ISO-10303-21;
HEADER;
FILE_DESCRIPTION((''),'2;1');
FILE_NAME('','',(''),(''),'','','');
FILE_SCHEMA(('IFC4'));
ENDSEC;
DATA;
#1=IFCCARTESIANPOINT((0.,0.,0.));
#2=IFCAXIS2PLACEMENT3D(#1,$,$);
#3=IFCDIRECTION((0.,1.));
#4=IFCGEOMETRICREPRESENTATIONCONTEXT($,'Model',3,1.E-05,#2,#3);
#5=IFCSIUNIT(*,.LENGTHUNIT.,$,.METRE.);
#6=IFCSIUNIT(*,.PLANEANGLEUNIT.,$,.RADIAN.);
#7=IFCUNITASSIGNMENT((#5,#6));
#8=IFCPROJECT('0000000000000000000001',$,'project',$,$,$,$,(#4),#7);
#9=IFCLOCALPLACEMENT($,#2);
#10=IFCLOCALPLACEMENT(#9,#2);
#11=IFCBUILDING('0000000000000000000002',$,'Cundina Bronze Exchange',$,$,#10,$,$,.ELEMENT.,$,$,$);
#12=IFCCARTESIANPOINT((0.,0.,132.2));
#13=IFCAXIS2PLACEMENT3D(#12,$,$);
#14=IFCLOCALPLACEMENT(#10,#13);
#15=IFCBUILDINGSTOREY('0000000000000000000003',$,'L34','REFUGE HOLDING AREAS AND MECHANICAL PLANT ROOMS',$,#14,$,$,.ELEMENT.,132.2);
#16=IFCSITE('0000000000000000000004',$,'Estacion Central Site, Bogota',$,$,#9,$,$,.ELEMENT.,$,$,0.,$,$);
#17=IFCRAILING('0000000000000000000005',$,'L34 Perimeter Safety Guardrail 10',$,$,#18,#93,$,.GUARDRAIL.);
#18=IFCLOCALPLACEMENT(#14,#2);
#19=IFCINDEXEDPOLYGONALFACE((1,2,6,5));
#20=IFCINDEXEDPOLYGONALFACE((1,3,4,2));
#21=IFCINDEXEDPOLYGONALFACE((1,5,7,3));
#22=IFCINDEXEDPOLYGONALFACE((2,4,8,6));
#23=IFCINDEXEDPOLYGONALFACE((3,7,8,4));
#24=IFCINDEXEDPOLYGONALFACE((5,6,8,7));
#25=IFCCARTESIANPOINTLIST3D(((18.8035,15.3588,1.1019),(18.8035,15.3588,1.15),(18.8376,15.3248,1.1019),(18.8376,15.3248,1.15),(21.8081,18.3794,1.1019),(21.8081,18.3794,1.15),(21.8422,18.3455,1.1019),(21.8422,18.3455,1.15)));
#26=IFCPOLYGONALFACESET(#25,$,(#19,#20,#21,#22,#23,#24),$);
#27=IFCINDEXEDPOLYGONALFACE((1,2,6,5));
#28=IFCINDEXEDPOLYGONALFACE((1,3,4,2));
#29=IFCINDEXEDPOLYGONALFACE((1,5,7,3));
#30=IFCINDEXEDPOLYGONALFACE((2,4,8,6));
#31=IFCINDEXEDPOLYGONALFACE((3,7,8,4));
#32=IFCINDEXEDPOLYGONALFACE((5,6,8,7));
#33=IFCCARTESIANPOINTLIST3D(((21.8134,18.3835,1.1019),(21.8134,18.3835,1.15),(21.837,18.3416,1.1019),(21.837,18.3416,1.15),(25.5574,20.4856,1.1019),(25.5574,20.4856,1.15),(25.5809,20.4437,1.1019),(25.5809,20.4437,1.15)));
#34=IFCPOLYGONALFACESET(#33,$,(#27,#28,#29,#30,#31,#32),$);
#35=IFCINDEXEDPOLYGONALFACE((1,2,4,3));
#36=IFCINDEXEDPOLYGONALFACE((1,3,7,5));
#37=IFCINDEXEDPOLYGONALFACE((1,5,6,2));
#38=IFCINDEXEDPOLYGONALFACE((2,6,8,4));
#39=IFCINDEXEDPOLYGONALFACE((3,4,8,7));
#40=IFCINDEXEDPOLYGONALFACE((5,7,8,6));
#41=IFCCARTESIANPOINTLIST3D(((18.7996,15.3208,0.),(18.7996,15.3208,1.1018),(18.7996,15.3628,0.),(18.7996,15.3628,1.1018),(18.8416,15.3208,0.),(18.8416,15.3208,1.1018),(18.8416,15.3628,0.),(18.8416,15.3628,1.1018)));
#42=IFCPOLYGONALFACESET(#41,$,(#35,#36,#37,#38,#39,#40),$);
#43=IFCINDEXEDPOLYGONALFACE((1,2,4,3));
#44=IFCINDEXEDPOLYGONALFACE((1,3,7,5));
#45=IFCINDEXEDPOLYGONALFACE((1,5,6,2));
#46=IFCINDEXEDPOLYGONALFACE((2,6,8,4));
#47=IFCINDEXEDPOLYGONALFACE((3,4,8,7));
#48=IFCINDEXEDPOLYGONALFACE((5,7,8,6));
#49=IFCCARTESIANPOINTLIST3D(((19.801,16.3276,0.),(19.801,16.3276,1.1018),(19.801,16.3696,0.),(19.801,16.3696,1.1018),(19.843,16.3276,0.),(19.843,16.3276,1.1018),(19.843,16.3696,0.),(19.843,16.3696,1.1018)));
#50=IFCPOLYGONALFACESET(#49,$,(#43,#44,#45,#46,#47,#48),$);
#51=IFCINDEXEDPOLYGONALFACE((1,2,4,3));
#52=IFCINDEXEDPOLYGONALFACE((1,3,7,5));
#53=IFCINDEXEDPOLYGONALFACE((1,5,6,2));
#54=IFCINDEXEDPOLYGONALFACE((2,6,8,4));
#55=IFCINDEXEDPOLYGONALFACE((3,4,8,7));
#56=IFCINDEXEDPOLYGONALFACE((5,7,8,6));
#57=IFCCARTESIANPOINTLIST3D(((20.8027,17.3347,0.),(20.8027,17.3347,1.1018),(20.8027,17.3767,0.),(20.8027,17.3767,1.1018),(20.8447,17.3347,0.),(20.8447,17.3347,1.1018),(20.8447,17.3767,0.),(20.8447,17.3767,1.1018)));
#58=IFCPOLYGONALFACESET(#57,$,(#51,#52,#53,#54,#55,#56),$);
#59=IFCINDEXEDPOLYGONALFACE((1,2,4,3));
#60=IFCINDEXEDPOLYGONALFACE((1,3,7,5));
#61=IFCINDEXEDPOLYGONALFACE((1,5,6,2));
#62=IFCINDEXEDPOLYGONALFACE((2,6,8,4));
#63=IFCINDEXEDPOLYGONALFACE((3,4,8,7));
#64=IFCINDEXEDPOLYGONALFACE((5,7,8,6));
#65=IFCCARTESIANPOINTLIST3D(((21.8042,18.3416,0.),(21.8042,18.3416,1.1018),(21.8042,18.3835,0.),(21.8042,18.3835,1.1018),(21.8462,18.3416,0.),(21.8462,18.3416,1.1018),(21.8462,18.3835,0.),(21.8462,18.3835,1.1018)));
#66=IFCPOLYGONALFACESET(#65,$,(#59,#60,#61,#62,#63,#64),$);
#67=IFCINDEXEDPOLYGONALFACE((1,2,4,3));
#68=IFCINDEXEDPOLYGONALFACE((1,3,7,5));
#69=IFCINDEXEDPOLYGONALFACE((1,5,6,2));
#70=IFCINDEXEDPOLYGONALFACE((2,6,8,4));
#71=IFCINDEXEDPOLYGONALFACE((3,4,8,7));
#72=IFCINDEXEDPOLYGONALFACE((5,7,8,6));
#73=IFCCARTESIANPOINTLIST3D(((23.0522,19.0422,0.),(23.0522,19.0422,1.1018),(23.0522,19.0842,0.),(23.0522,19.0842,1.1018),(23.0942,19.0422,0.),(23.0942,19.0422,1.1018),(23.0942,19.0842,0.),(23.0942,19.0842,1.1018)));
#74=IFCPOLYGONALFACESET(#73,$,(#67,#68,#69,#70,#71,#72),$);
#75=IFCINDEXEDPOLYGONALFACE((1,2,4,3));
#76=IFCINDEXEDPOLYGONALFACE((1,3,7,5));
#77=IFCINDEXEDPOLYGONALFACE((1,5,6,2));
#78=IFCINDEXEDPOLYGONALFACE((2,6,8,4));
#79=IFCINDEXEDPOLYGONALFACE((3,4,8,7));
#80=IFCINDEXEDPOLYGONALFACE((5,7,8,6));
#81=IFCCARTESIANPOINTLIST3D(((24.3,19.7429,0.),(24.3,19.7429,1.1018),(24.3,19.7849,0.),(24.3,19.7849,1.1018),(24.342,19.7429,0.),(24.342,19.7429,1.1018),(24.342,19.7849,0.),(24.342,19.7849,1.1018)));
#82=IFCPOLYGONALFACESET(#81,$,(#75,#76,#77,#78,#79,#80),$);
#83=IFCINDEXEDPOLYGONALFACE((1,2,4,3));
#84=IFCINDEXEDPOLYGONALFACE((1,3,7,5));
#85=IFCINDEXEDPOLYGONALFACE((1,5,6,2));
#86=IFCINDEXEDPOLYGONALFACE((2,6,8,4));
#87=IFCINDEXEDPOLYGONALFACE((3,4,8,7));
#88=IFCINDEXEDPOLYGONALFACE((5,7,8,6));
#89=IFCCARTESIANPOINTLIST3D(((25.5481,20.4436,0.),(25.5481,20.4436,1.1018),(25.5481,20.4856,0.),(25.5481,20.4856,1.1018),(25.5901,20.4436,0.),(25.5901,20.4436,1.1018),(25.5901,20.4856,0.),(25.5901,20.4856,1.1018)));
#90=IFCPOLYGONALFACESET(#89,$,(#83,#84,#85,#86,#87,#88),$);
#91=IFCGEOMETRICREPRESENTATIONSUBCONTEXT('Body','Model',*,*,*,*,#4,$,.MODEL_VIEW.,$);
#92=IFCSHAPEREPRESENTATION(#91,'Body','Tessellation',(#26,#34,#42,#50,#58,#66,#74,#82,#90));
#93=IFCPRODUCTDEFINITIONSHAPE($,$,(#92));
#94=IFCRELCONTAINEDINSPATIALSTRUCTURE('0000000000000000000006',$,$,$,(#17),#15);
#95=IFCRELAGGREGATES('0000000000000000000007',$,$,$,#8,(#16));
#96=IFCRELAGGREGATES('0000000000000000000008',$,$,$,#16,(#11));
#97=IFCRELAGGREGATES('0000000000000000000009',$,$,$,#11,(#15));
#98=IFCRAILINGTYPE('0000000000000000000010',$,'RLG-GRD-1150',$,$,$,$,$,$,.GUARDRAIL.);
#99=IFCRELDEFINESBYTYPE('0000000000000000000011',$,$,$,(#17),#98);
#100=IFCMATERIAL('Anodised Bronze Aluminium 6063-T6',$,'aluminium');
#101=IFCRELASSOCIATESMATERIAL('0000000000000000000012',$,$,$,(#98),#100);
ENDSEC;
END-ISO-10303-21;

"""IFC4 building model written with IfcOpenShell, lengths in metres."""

from ifc_helpers import new_model, si_unit, direction, frame, origin, origin_2d, place, context, subcontext, project, spatial, rectangle, extrude, material, type_object, element, save


model = new_model("IFC4")

# Units and contexts
model_context = context("Model", 3, precision=1e-05, world=origin(), true_north=direction((0.0, 1.0)))
body_context = subcontext(model_context, "Body", "Model", "MODEL_VIEW")
ifc_project = project(units=[si_unit("LENGTHUNIT", "METRE"), si_unit("PLANEANGLEUNIT", "RADIAN")], contexts=[model_context])

# Site, building, storey
site_placement = place(None, origin())
site = spatial("IfcSite", under=ifc_project, at=site_placement, Name="Estacion Central Site, Bogota", CompositionType="ELEMENT", RefElevation=0.0)
building_placement = place(site_placement, origin())
building = spatial("IfcBuilding", under=site, at=building_placement, Name="Cundina Bronze Exchange", CompositionType="ELEMENT")
storey_placement = place(building_placement, frame((0.0, 0.0, 132.2)))
storey = spatial("IfcBuildingStorey", under=building, at=storey_placement, Name="L34", Description="REFUGE HOLDING AREAS AND MECHANICAL PLANT ROOMS", CompositionType="ELEMENT", Elevation=132.2)

# Shared definitions
ifc_material_1 = material(Name="Anodised Bronze Aluminium 6063-T6", Category="aluminium")

# Railing
railing_type = type_object("IfcRailingType", Name="RLG-GRD-1150", PredefinedType="GUARDRAIL", material=ifc_material_1)
railing_1_placement = place(storey_placement, frame((18.8206, 15.3418, 0.0)))
element("IfcRailing", 1, at=railing_1_placement, inside=storey, type_object=railing_type, Name="L34 Perimeter Safety Guardrail 10", PredefinedType="GUARDRAIL", context=body_context, shape_type="SweptSolid", body=[
    extrude(rectangle(XDim=0.0481, YDim=0.0481, at=origin_2d()), frame((0.0, 0.0, 1.126), z_axis=(0.705213, 0.708995, 0.0), x_axis=(-0.708995, 0.705213, 0.0)), (0.0, 0.0, 1.0), 4.2605),
    extrude(rectangle(XDim=0.0481, YDim=0.0481, at=origin_2d()), frame((3.0046, 3.0208, 1.126), z_axis=(0.871962, 0.489573, 0.0), x_axis=(-0.489573, 0.871962, 0.0)), (0.0, 0.0, 1.0), 4.2937),
    extrude(rectangle(XDim=0.042, YDim=0.042, at=origin_2d()), origin(), (0.0, 0.0, 1.0), 1.1018),
    extrude(rectangle(XDim=0.042, YDim=0.042, at=origin_2d()), frame((1.0015, 1.0068, 0.0)), (0.0, 0.0, 1.0), 1.1018),
    extrude(rectangle(XDim=0.042, YDim=0.042, at=origin_2d()), frame((2.0032, 2.0139, 0.0)), (0.0, 0.0, 1.0), 1.1018),
    extrude(rectangle(XDim=0.042, YDim=0.042, at=origin_2d()), frame((3.0046, 3.0208, 0.0)), (0.0, 0.0, 1.0), 1.1018),
    extrude(rectangle(XDim=0.042, YDim=0.042, at=origin_2d()), frame((4.2527, 3.7214, 0.0)), (0.0, 0.0, 1.0), 1.1018),
    extrude(rectangle(XDim=0.042, YDim=0.042, at=origin_2d()), frame((5.5005, 4.4221, 0.0)), (0.0, 0.0, 1.0), 1.1018),
    extrude(rectangle(XDim=0.042, YDim=0.042, at=origin_2d()), frame((6.7485, 5.1228, 0.0)), (0.0, 0.0, 1.0), 1.1018),
])

save(model, "model.ifc")
